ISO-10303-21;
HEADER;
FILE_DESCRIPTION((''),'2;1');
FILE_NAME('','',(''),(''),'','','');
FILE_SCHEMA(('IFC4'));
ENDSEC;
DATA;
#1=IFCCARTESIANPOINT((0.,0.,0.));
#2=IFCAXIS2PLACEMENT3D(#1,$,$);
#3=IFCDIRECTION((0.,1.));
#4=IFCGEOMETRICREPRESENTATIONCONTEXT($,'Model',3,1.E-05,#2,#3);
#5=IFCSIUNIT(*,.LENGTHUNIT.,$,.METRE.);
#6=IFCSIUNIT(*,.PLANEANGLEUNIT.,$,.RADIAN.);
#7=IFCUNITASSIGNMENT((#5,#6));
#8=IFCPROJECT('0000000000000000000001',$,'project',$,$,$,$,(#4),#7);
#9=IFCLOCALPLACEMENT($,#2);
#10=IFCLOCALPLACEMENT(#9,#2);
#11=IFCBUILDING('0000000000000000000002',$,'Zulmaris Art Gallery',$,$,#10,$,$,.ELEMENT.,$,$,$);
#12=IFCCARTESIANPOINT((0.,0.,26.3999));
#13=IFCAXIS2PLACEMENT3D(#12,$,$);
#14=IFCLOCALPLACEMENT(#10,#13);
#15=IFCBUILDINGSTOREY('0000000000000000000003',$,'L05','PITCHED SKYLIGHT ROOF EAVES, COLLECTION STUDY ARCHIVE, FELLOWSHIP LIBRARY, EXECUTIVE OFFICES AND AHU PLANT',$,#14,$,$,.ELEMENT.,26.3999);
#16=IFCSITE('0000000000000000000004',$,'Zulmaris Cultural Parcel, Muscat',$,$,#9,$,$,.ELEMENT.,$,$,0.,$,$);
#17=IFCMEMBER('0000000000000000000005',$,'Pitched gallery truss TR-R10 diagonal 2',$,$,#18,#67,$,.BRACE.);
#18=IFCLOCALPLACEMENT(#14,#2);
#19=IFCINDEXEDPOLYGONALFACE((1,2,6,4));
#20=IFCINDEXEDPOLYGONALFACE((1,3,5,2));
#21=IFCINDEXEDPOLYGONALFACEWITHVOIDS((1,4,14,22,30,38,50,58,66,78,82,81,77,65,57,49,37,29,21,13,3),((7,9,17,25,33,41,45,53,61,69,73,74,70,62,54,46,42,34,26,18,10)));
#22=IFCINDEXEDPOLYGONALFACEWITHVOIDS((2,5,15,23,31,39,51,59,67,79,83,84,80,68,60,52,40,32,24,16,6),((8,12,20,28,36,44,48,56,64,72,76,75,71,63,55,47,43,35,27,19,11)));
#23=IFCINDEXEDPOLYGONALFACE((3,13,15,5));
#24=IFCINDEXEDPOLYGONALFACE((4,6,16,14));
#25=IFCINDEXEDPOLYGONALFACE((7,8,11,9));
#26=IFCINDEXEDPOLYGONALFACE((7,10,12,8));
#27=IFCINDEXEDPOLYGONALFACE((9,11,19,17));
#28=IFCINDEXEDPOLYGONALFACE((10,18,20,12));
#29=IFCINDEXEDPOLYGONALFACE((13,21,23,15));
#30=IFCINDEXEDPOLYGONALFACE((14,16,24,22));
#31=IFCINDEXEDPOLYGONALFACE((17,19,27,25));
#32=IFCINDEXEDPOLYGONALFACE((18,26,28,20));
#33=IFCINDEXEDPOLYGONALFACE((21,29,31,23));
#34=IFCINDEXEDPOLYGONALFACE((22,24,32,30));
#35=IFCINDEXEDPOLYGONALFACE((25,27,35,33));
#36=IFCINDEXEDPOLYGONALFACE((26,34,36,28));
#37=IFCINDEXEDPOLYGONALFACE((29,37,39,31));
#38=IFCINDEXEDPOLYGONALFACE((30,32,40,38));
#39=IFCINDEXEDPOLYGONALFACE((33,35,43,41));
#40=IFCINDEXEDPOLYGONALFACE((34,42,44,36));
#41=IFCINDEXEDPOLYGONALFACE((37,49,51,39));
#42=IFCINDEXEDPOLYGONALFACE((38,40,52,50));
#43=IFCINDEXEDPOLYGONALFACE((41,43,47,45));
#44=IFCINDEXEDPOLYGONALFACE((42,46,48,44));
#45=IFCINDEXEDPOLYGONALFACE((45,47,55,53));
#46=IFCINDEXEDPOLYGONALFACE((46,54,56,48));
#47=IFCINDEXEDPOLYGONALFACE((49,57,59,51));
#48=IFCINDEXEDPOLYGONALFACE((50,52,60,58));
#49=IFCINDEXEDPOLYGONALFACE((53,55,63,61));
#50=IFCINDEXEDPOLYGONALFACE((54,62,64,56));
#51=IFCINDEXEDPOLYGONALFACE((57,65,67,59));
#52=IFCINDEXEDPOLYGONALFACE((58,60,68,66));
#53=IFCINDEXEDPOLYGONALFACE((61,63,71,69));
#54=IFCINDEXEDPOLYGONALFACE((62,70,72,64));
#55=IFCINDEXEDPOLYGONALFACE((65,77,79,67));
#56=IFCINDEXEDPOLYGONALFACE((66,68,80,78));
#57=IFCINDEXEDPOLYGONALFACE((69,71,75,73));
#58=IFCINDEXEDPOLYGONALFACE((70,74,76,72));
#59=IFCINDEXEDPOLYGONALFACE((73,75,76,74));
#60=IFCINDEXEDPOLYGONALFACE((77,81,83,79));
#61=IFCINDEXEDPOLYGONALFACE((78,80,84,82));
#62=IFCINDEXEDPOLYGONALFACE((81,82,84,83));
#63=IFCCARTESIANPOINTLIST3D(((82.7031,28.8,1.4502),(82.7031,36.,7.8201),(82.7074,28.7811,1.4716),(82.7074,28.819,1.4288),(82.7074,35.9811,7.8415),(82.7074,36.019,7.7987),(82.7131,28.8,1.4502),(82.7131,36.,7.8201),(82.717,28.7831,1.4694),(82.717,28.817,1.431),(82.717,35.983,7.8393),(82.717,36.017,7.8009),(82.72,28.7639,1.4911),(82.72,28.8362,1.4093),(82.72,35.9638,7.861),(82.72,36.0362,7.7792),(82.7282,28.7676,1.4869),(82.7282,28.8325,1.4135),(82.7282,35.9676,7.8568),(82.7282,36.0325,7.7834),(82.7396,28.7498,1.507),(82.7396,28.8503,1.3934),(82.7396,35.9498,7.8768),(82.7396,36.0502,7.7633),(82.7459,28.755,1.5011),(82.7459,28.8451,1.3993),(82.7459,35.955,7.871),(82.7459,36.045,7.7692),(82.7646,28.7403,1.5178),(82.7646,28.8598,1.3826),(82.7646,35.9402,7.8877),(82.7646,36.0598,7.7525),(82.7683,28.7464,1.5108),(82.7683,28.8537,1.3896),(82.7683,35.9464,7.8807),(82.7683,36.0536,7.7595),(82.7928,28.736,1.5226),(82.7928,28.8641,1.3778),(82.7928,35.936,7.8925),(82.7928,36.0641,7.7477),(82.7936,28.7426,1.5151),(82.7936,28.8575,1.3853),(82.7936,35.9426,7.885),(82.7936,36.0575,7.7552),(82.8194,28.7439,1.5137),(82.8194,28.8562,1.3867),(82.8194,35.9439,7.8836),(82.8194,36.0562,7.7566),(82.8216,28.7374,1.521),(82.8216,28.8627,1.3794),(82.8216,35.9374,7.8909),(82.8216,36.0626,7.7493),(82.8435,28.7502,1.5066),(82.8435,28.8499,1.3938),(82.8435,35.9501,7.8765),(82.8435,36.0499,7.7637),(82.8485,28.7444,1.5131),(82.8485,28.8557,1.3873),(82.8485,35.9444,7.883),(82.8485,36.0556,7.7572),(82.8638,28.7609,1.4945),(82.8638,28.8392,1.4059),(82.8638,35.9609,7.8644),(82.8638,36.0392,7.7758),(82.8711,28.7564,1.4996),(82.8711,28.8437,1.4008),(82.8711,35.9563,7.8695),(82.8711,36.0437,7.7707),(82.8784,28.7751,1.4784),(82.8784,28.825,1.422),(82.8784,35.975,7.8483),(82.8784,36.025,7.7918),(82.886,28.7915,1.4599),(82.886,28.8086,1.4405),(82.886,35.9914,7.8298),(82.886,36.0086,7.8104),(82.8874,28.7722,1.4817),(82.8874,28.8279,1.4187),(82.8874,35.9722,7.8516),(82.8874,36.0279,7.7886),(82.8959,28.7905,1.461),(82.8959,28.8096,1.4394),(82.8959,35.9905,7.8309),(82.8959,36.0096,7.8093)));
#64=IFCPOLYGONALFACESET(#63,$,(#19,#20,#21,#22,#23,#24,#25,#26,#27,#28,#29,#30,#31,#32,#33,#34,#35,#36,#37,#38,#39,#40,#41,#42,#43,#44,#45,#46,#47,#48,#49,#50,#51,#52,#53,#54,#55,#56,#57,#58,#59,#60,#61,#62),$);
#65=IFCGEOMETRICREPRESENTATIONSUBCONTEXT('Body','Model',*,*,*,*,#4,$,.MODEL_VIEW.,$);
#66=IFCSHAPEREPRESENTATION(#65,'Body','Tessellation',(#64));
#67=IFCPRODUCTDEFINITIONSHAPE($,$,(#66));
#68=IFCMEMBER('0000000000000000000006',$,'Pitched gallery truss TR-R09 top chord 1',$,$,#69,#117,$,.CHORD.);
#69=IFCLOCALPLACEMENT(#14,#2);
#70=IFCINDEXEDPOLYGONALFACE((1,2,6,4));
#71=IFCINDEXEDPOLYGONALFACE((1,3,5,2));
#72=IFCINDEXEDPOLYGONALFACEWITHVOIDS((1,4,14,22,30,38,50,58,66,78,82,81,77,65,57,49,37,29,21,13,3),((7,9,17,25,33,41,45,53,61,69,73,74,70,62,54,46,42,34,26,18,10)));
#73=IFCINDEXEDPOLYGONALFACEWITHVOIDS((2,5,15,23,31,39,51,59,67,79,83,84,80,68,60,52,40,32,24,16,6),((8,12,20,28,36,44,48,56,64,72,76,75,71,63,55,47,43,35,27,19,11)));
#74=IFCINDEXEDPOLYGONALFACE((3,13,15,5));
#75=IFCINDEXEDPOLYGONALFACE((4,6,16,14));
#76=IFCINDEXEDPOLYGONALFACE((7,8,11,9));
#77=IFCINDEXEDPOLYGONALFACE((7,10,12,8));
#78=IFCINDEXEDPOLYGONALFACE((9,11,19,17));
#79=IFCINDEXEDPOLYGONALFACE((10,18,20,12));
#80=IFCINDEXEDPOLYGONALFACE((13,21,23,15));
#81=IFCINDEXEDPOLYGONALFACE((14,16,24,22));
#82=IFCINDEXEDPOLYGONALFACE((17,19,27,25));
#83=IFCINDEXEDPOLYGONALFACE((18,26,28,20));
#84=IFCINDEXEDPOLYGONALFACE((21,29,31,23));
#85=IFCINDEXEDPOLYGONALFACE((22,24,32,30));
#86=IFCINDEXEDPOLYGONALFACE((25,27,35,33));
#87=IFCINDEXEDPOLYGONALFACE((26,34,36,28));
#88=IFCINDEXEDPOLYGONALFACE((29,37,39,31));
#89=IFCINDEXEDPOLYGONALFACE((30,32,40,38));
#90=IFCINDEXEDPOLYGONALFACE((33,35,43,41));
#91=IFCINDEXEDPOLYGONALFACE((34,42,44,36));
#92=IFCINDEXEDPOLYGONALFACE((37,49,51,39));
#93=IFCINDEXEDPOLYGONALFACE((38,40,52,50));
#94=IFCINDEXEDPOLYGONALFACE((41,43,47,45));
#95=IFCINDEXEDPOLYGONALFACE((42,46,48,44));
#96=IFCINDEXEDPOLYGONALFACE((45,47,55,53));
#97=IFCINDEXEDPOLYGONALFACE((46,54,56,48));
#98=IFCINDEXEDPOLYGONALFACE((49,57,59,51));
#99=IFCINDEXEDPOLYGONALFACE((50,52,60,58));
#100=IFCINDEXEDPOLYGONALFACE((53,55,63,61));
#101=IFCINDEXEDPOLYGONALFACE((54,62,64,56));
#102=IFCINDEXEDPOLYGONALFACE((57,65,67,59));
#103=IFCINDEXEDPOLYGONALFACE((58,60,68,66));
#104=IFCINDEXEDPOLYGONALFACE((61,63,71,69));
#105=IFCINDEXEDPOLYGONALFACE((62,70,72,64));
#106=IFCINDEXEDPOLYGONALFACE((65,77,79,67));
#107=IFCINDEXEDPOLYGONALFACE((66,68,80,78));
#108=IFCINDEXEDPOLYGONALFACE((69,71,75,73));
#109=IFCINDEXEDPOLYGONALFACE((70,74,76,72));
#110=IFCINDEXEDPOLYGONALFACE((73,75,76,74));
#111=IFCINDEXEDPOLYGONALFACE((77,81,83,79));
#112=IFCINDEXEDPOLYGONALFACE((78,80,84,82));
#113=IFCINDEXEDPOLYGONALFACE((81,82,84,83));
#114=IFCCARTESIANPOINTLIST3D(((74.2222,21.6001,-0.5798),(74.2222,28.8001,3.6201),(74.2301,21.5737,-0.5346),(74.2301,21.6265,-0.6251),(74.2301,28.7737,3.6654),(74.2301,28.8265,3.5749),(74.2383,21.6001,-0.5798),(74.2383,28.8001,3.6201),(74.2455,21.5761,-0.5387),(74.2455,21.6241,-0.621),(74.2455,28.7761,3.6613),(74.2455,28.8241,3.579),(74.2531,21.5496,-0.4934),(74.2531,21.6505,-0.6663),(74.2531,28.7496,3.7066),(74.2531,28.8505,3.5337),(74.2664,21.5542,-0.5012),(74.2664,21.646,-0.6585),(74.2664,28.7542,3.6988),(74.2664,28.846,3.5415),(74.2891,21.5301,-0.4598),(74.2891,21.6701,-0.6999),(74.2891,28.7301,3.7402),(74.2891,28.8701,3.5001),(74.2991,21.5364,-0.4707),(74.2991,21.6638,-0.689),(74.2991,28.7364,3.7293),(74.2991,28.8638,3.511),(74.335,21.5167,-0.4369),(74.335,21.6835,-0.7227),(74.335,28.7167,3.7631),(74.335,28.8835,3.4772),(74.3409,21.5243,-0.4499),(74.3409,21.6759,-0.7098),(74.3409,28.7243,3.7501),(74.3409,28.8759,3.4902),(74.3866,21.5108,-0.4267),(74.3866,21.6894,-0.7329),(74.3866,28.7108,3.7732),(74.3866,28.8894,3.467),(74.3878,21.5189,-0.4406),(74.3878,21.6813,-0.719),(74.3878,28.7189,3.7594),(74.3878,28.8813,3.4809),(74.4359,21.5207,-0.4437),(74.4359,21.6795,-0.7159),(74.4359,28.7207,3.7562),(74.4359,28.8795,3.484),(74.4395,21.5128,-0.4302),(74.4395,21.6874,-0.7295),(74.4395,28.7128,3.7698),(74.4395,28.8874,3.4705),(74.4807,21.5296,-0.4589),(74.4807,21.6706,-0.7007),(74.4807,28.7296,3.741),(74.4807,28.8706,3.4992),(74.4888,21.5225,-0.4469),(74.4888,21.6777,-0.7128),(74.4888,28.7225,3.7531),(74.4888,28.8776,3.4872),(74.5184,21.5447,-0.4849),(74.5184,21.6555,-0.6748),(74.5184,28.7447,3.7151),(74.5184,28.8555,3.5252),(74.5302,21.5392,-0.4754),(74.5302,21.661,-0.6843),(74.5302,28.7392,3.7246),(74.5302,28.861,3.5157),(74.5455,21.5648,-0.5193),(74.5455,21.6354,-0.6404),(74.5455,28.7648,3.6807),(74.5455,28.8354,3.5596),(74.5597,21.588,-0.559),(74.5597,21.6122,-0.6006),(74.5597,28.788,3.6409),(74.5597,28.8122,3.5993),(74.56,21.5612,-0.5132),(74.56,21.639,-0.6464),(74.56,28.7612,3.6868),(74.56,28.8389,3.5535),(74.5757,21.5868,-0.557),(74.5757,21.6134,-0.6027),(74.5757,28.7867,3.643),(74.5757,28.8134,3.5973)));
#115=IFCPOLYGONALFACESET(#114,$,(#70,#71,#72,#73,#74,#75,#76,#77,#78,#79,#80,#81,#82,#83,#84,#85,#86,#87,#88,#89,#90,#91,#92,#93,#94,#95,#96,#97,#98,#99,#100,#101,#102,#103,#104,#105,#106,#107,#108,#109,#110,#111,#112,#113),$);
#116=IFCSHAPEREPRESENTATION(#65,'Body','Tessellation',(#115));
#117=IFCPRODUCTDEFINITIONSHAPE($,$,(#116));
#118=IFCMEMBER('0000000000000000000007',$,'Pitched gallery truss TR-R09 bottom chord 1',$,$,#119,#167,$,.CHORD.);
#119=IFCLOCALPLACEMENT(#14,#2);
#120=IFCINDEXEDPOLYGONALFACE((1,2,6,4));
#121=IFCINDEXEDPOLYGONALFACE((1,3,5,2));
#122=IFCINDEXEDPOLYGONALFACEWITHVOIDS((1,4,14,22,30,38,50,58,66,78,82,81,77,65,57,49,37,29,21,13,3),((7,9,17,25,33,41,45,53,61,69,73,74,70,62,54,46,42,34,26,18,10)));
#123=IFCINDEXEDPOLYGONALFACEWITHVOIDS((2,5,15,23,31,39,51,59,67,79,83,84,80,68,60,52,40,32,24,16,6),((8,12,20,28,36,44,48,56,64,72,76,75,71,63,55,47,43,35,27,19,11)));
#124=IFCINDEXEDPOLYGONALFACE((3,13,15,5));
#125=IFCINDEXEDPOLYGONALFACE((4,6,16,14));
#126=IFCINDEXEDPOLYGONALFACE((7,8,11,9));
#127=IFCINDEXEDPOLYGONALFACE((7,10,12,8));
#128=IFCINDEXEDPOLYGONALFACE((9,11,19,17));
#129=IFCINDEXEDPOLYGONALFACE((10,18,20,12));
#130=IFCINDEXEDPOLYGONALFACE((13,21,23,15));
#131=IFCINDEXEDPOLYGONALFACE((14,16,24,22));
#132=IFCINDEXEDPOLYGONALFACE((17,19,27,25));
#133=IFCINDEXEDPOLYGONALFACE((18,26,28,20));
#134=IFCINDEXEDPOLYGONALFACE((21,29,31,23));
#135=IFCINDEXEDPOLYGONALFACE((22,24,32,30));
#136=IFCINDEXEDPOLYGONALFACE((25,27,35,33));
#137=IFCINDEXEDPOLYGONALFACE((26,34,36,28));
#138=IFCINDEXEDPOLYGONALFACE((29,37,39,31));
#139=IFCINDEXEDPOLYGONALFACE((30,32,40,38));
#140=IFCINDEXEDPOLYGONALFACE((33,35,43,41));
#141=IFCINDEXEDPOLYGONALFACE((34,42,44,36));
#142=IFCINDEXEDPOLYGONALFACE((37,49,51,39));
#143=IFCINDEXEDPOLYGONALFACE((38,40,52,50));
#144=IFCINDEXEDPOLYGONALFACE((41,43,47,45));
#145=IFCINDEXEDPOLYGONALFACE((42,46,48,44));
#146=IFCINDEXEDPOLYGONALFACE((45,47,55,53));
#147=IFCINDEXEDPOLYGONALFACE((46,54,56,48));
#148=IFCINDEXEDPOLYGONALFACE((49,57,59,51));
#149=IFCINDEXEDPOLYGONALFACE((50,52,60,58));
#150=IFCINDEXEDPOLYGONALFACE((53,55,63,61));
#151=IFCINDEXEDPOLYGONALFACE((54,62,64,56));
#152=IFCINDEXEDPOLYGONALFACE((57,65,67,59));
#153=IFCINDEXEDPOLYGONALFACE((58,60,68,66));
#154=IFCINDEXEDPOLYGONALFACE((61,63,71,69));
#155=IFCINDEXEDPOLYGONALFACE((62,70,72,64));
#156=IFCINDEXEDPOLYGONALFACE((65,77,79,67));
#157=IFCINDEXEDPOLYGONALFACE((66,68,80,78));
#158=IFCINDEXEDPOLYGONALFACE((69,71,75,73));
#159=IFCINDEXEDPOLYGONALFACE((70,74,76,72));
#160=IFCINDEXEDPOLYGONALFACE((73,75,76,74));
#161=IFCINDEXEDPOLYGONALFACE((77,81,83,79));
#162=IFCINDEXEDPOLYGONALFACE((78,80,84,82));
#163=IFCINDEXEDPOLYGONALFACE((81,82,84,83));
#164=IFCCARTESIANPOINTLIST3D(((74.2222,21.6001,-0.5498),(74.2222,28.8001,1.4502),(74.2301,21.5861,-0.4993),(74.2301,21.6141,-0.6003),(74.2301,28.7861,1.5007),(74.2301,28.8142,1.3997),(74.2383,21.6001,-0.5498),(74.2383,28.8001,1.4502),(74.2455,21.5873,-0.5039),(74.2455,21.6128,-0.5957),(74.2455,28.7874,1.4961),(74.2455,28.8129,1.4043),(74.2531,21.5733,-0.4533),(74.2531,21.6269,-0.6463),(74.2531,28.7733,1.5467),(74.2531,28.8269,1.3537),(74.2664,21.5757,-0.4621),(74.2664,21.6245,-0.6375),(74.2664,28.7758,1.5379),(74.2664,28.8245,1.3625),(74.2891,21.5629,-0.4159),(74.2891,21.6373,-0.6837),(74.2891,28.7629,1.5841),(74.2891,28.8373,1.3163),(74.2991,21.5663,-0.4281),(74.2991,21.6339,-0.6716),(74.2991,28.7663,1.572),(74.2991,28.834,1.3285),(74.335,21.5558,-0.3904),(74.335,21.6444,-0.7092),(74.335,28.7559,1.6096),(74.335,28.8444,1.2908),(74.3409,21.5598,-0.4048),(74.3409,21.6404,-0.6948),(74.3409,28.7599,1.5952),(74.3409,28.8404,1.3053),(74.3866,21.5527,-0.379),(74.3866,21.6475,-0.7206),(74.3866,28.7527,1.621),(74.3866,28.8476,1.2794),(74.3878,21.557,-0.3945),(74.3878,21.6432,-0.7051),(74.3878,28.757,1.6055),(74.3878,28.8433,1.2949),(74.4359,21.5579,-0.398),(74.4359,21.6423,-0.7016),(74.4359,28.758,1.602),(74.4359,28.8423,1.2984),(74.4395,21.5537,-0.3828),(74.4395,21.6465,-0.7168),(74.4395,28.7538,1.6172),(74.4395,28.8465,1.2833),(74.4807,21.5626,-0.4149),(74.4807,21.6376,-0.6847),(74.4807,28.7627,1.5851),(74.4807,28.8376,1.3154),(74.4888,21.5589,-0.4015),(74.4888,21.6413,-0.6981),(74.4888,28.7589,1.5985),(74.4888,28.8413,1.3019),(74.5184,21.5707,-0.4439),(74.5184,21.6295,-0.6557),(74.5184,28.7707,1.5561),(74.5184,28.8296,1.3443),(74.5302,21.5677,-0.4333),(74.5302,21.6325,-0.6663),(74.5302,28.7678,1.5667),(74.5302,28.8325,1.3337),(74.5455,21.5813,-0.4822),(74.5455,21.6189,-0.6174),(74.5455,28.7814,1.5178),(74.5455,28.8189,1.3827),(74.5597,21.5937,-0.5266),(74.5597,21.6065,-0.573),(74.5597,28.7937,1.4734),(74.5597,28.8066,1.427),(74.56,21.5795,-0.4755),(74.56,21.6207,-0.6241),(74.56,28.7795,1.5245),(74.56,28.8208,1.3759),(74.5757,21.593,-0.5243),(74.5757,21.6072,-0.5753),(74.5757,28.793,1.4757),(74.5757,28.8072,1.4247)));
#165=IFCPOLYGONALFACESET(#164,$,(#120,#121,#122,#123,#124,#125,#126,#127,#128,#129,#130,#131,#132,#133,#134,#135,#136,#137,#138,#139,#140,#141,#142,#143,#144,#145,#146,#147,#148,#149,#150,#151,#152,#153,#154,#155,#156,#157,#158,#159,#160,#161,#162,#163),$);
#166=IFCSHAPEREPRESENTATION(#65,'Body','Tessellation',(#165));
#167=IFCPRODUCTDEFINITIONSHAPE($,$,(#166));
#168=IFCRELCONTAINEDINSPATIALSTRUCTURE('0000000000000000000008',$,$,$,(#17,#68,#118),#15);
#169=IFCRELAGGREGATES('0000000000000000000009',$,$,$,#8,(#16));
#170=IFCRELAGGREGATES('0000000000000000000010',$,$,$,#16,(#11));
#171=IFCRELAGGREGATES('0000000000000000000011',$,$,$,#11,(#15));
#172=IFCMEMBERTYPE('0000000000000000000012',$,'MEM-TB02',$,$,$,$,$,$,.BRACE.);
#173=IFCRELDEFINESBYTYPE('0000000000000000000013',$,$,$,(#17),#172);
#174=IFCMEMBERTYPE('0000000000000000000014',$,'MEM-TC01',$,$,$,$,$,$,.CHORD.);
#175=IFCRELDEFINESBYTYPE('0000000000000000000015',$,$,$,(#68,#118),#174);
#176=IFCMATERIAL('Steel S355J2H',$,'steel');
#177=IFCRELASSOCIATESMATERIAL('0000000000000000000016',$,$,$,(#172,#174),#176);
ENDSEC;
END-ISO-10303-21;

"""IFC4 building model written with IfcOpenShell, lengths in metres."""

from ifc_helpers import new_model, si_unit, direction, frame, origin, origin_2d, place, context, subcontext, project, spatial, hollow_circle, extrude, material, material_profile, profile_set, type_object, element, save


model = new_model("IFC4")

# Units and contexts
model_context = context("Model", 3, precision=1e-05, world=origin(), true_north=direction((0.0, 1.0)))
body_context = subcontext(model_context, "Body", "Model", "MODEL_VIEW")
ifc_project = project(units=[si_unit("LENGTHUNIT", "METRE"), si_unit("PLANEANGLEUNIT", "RADIAN")], contexts=[model_context])

# Site, building, storey
site_placement = place(None, origin())
site = spatial("IfcSite", under=ifc_project, at=site_placement, Name="Zulmaris Cultural Parcel, Muscat", CompositionType="ELEMENT", RefElevation=0.0)
building_placement = place(site_placement, origin())
building = spatial("IfcBuilding", under=site, at=building_placement, Name="Zulmaris Art Gallery", CompositionType="ELEMENT")
storey_placement = place(building_placement, frame((0.0, 0.0, 26.3999)))
storey = spatial("IfcBuildingStorey", under=building, at=storey_placement, Name="L05", Description="PITCHED SKYLIGHT ROOF EAVES, COLLECTION STUDY ARCHIVE, FELLOWSHIP LIBRARY, EXECUTIVE OFFICES AND AHU PLANT", CompositionType="ELEMENT", Elevation=26.3999)

# Members
ifc_material_1 = material(Name="Steel S355J2H", Category="steel")
ifc_material_profile_1 = material_profile(ifc_material_1, hollow_circle(Radius=0.0969, WallThickness=0.01, at=origin_2d()), Name="CHS 193.7x10")
ifc_profile_set_1 = profile_set([ifc_material_profile_1], Name="Steel S355J2H")
member_type_1 = type_object("IfcMemberType", Name="MEM-TB02", PredefinedType="BRACE", material=ifc_profile_set_1)
member_1_placement = place(storey_placement, frame((82.8, 28.8, 1.4502), z_axis=(0.0, 0.748961, 0.662614), x_axis=(-1.0, 0.0, 0.0)))
element("IfcMember", 1, at=member_1_placement, inside=storey, type_object=member_type_1, Name="Pitched gallery truss TR-R10 diagonal 2", PredefinedType="BRACE", context=body_context, shape_type="SweptSolid", body=[
    extrude(hollow_circle(Radius=0.0969, WallThickness=0.01, at=origin_2d()), origin(), (0.0, 0.0, 1.0), 9.6133),
])
ifc_material_profile_2 = material_profile(ifc_material_1, hollow_circle(Radius=0.1777, WallThickness=0.0161, at=origin_2d()), Name="CHS 355.6x16")
ifc_profile_set_2 = profile_set([ifc_material_profile_2], Name="Steel S355J2H")
member_type_2 = type_object("IfcMemberType", Name="MEM-TC01", PredefinedType="CHORD", material=ifc_profile_set_2)
member_2_placement = place(storey_placement, frame((74.3999, 21.6001, -0.5798), z_axis=(0.0, 0.86378, 0.503869), x_axis=(-1.0, 0.0, 0.0)))
element("IfcMember", 2, at=member_2_placement, inside=storey, type_object=member_type_2, Name="Pitched gallery truss TR-R09 top chord 1", PredefinedType="CHORD", context=body_context, shape_type="SweptSolid", body=[
    extrude(hollow_circle(Radius=0.1777, WallThickness=0.0161, at=origin_2d()), origin(), (0.0, 0.0, 1.0), 8.3354),
])
member_3_placement = place(storey_placement, frame((74.3999, 21.6001, -0.5498), z_axis=(0.0, 0.963517, 0.267646), x_axis=(-1.0, 0.0, 0.0)))
element("IfcMember", 3, at=member_3_placement, inside=storey, type_object=member_type_2, Name="Pitched gallery truss TR-R09 bottom chord 1", PredefinedType="CHORD", context=body_context, shape_type="SweptSolid", body=[
    extrude(hollow_circle(Radius=0.1777, WallThickness=0.0161, at=origin_2d()), origin(), (0.0, 0.0, 1.0), 7.4727),
])

save(model, "model.ifc")
